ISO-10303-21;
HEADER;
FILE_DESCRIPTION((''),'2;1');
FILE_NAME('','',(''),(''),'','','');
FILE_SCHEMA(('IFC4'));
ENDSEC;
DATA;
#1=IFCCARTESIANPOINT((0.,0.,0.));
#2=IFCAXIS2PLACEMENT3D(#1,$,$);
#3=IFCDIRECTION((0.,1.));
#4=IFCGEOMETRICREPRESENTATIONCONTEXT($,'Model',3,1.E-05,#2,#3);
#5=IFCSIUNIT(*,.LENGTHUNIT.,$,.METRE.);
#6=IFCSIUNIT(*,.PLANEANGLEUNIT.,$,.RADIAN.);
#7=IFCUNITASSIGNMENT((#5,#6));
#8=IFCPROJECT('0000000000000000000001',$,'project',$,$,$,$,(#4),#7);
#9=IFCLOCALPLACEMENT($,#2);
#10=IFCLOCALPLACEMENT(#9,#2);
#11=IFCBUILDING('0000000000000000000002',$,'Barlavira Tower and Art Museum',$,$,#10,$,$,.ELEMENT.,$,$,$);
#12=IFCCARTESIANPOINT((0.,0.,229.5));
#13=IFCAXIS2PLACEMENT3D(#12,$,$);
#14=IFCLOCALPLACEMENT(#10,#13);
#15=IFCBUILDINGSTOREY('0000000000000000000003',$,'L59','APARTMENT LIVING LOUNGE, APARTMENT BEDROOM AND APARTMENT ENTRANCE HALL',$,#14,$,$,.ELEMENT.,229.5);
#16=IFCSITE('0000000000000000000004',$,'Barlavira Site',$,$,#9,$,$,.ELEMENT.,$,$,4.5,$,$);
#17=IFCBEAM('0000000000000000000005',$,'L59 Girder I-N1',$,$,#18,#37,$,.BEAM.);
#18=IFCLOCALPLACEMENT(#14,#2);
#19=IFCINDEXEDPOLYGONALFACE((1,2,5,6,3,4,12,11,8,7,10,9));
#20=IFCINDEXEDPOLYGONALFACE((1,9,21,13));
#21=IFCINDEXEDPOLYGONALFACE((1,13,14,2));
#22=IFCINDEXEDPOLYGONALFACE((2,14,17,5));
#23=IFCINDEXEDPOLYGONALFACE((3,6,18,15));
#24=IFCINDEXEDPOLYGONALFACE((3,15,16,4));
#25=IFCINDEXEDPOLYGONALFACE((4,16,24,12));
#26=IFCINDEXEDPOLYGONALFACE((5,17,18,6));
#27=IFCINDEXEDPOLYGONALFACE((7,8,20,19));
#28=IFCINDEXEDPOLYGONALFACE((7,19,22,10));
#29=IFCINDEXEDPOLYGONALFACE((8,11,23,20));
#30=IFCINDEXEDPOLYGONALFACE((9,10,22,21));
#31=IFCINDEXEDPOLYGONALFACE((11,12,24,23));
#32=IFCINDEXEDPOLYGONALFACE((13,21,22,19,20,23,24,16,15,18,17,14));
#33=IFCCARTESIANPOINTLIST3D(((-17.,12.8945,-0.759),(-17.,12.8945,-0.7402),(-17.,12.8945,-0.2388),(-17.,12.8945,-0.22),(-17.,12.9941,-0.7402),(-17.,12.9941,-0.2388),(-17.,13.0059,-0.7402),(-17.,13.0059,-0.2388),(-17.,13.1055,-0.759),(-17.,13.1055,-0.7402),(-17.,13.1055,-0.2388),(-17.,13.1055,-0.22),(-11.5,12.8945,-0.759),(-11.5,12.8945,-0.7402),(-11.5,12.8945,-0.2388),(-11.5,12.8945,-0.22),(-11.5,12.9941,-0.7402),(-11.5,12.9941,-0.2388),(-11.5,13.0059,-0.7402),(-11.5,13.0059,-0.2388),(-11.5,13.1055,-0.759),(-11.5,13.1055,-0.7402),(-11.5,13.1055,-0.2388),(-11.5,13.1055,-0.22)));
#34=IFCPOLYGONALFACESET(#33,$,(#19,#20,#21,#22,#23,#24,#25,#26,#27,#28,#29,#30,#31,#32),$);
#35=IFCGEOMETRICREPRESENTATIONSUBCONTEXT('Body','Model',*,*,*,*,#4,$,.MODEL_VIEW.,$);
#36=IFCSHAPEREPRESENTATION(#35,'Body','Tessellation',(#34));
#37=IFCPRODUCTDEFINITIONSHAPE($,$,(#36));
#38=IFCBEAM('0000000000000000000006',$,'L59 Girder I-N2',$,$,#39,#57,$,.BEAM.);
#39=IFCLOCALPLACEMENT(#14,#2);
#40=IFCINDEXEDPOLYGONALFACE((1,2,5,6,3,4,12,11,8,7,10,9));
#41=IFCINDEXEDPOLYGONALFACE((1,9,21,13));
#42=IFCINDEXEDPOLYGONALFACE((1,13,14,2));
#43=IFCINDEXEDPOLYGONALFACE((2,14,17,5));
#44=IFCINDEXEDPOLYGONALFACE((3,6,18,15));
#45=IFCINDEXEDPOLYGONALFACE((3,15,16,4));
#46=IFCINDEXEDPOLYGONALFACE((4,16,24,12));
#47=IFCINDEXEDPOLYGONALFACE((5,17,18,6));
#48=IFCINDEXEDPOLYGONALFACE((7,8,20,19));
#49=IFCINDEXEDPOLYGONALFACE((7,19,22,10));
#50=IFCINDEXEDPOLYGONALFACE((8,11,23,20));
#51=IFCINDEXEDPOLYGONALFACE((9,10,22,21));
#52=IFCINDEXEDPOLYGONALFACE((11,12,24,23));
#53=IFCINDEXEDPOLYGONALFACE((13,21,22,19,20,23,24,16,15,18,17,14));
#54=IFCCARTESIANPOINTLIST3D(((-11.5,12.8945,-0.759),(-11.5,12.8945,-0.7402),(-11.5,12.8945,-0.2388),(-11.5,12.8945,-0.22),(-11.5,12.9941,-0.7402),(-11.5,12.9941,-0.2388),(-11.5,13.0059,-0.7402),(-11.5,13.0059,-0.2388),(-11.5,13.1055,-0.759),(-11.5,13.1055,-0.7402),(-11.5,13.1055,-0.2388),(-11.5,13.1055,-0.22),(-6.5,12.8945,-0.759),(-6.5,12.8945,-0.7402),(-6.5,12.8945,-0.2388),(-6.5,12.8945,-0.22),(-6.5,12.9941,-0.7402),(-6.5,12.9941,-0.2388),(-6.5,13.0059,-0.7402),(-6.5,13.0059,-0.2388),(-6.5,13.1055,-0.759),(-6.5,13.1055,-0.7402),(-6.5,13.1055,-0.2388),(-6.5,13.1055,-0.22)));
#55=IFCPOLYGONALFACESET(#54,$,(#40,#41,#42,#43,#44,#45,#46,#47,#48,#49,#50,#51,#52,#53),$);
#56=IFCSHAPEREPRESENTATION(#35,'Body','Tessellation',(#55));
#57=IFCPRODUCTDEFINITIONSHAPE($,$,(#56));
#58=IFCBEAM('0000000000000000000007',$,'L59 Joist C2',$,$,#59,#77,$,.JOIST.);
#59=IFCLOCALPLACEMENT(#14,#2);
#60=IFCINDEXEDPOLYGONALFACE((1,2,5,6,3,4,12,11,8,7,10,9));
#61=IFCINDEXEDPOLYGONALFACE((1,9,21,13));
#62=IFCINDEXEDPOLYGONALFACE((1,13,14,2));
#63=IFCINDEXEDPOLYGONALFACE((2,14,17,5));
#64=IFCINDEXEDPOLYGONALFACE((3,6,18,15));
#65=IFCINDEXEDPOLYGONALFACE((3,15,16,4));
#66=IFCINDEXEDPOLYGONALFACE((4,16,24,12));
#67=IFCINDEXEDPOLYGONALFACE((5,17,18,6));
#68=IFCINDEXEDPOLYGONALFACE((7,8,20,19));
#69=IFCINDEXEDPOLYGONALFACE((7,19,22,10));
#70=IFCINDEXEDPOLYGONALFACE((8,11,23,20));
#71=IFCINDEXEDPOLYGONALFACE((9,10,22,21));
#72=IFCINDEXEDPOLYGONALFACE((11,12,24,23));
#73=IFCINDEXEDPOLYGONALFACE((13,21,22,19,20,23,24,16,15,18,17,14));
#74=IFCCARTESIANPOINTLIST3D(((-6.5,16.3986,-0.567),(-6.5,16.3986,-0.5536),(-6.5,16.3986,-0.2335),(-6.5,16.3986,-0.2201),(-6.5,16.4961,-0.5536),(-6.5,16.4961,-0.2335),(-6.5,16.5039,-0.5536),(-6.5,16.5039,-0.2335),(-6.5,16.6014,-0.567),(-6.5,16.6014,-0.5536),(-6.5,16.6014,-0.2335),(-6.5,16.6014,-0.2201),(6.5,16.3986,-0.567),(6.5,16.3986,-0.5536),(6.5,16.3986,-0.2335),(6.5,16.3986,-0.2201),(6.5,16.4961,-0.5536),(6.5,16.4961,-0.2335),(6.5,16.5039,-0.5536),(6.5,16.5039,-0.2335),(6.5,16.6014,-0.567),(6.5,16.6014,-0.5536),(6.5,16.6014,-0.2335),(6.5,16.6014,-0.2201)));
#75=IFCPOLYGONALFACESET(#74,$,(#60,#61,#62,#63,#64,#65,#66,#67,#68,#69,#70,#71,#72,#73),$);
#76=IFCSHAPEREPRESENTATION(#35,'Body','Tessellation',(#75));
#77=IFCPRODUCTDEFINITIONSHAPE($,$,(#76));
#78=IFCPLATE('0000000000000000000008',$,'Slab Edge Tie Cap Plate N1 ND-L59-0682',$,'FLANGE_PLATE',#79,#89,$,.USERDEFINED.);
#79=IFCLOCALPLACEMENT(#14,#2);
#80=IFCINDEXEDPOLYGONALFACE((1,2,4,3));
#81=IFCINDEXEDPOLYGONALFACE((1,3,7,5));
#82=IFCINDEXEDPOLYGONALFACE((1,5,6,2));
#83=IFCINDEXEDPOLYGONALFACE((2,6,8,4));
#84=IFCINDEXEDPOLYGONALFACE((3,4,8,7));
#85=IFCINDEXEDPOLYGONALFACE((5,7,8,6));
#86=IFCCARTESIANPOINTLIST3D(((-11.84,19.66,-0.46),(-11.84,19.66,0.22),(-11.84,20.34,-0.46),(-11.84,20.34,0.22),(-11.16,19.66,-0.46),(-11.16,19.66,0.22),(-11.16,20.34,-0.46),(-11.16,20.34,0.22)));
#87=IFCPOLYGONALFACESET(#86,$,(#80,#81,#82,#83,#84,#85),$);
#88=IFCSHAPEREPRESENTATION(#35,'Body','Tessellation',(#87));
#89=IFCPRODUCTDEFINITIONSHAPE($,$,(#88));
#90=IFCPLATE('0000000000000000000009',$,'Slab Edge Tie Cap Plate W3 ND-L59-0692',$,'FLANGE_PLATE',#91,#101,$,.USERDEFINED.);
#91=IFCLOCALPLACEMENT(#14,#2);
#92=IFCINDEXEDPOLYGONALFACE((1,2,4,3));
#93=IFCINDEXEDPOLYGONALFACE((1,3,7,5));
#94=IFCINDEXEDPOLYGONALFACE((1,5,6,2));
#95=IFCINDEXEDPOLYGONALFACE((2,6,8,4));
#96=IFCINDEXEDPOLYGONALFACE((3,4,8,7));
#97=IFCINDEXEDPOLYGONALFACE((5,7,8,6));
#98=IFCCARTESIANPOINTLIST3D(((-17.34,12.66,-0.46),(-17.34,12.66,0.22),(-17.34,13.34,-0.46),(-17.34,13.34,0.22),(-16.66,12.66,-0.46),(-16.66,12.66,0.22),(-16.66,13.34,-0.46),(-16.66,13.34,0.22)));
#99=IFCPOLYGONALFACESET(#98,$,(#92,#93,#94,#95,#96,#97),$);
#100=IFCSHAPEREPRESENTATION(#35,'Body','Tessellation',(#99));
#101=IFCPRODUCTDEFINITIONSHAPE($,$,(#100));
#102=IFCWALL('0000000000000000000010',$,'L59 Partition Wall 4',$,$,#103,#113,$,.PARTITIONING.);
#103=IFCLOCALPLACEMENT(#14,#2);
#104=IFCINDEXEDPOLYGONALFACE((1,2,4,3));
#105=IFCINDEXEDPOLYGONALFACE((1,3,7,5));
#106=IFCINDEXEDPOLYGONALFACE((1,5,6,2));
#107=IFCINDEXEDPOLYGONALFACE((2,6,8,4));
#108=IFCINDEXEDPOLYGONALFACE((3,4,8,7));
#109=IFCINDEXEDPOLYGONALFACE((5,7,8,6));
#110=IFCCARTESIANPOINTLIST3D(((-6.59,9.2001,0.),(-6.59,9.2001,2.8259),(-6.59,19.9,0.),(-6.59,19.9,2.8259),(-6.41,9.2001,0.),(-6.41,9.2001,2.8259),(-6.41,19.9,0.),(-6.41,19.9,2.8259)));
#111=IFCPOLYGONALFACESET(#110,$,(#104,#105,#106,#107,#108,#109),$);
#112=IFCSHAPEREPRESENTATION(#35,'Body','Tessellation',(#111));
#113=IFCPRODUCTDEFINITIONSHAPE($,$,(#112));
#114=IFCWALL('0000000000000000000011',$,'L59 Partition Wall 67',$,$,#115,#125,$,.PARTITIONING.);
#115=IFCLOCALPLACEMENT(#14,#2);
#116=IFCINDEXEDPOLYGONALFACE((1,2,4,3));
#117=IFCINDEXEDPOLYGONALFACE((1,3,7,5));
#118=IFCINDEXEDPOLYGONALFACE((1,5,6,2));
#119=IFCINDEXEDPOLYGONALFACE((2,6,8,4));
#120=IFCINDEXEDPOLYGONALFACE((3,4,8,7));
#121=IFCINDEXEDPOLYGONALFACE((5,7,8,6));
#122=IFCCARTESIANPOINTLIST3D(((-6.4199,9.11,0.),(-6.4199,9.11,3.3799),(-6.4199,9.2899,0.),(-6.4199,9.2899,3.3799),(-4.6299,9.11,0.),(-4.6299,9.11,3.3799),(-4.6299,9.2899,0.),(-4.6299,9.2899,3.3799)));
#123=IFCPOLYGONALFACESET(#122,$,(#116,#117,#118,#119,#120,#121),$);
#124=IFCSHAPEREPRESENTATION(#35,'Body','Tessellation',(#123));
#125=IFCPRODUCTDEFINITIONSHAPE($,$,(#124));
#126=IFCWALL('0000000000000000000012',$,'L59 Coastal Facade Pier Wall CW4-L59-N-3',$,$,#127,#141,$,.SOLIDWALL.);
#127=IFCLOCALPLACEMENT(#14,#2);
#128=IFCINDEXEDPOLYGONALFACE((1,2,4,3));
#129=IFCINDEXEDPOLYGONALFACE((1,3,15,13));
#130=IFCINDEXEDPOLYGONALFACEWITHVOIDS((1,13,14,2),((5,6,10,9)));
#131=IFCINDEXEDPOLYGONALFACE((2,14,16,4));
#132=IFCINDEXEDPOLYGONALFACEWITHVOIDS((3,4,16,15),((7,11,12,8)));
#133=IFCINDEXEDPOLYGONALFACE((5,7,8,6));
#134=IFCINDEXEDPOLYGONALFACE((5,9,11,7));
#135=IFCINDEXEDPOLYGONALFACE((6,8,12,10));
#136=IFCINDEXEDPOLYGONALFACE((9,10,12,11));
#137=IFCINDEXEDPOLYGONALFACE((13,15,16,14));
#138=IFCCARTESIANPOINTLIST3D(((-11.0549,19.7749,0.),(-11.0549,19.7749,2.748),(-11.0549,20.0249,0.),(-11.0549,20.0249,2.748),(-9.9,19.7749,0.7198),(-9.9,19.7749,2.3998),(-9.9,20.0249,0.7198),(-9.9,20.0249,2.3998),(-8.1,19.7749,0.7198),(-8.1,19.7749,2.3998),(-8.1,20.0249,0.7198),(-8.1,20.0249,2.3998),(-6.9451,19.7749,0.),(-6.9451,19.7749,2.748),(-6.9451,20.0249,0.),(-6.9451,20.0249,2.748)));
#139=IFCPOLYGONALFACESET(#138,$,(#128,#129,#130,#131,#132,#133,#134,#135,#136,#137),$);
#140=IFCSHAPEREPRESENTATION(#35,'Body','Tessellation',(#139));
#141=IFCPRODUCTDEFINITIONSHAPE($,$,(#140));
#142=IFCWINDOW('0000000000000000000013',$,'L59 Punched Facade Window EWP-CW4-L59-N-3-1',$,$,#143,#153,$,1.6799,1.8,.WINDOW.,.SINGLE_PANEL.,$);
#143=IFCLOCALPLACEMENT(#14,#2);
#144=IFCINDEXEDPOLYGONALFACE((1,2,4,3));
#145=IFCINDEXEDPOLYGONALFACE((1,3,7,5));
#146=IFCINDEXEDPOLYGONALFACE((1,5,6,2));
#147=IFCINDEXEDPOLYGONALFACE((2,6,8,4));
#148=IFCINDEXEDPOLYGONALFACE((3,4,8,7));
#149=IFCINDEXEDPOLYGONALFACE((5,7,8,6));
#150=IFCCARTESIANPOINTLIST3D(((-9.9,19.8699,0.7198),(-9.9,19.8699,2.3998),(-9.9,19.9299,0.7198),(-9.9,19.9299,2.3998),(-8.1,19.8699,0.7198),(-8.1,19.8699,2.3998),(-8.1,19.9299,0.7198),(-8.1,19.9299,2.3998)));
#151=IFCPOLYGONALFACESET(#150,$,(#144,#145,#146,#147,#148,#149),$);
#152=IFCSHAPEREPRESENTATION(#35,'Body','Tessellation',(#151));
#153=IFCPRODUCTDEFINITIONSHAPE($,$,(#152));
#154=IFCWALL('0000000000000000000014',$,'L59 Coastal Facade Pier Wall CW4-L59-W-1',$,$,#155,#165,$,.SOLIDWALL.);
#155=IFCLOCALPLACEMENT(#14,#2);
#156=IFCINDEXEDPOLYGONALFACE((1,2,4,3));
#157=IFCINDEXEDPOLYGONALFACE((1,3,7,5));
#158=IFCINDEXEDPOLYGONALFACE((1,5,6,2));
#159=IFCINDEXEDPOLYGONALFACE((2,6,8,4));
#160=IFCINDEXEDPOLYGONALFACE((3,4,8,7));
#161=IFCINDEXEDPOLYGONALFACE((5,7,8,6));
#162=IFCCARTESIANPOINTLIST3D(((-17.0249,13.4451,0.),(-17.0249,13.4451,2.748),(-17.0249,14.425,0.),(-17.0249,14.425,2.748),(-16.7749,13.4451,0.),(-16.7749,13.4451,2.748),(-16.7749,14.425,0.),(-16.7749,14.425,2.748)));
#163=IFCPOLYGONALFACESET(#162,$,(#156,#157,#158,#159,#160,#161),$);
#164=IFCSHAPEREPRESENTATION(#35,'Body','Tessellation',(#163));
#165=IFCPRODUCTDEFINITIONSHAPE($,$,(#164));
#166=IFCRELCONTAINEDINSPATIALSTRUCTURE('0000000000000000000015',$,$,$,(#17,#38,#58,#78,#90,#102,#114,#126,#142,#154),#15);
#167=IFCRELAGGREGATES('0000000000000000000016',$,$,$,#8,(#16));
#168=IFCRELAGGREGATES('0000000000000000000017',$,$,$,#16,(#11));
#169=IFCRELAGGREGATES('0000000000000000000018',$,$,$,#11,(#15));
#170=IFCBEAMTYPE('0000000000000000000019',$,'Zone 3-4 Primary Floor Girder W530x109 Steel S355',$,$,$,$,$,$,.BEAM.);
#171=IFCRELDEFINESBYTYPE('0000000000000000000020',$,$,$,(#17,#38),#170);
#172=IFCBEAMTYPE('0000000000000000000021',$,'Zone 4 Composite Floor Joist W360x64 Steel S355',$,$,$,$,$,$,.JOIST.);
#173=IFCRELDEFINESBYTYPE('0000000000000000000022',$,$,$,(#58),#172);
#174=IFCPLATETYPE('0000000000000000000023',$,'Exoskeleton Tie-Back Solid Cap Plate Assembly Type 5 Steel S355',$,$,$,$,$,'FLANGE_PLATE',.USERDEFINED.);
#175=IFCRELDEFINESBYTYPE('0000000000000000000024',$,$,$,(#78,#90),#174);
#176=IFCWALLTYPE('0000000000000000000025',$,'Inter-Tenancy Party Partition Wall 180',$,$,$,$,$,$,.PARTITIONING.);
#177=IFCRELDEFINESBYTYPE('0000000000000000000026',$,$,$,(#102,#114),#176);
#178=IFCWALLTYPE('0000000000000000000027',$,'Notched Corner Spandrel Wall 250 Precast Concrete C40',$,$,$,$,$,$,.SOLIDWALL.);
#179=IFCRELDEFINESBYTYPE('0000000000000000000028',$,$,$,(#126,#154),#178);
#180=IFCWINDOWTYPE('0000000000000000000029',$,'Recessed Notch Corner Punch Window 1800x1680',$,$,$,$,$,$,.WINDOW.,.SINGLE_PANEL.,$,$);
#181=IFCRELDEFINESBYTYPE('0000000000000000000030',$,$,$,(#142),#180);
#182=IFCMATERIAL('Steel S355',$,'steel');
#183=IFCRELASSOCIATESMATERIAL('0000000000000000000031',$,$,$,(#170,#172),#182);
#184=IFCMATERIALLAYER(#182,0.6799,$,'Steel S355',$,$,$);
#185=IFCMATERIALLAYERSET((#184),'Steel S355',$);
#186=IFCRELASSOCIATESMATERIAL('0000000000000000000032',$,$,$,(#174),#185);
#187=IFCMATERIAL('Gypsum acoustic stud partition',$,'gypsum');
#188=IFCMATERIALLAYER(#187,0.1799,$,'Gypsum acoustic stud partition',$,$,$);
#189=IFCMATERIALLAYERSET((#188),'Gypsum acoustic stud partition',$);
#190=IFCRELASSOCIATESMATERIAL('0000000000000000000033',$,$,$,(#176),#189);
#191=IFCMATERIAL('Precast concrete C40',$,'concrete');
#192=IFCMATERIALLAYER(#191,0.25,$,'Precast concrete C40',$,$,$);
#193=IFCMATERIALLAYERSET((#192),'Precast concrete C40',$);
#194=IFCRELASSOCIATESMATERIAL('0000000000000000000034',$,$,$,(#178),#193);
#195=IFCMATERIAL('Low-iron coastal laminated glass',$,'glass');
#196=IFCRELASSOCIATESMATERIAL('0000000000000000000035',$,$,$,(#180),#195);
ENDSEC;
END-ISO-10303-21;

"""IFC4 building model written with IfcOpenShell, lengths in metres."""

from ifc_helpers import new_model, si_unit, direction, frame, frame_2d, origin, origin_2d, place, context, subcontext, project, spatial, rectangle, i_section, extrude, material, layer, layer_set, material_profile, profile_set, type_object, element, fill, save


model = new_model("IFC4")

# Units and contexts
model_context = context("Model", 3, precision=1e-05, world=origin(), true_north=direction((0.0, 1.0)))
body_context = subcontext(model_context, "Body", "Model", "MODEL_VIEW")
ifc_project = project(units=[si_unit("LENGTHUNIT", "METRE"), si_unit("PLANEANGLEUNIT", "RADIAN")], contexts=[model_context])

# Site, building, storey
site_placement = place(None, origin())
site = spatial("IfcSite", under=ifc_project, at=site_placement, Name="Barlavira Site", CompositionType="ELEMENT", RefElevation=4.5)
building_placement = place(site_placement, origin())
building = spatial("IfcBuilding", under=site, at=building_placement, Name="Barlavira Tower and Art Museum", CompositionType="ELEMENT")
storey_placement = place(building_placement, frame((0.0, 0.0, 229.5)))
storey = spatial("IfcBuildingStorey", under=building, at=storey_placement, Name="L59", Description="APARTMENT LIVING LOUNGE, APARTMENT BEDROOM AND APARTMENT ENTRANCE HALL", CompositionType="ELEMENT", Elevation=229.5)

# Shared definitions
ifc_material_1 = material(Name="Steel S355", Category="steel")

# Beams
ifc_material_profile_1 = material_profile(ifc_material_1, i_section(OverallWidth=0.2109, OverallDepth=0.5391, WebThickness=0.0117, FlangeThickness=0.0188, at=origin_2d()), Name="W530x109.0")
ifc_profile_set_1 = profile_set([ifc_material_profile_1], Name="Steel S355")
beam_type_1 = type_object("IfcBeamType", Name="Zone 3-4 Primary Floor Girder W530x109 Steel S355", PredefinedType="BEAM", material=ifc_profile_set_1)
beam_1_placement = place(storey_placement, frame((-17.0, 13.0, -0.4895), z_axis=(1.0, 0.0, 0.0), x_axis=(0.0, 1.0, 0.0)))
element("IfcBeam", 1, at=beam_1_placement, inside=storey, type_object=beam_type_1, Name="L59 Girder I-N1", PredefinedType="BEAM", context=body_context, shape_type="SweptSolid", body=[
    extrude(i_section(OverallWidth=0.2109, OverallDepth=0.5391, WebThickness=0.0117, FlangeThickness=0.0188, at=origin_2d()), origin(), (0.0, 0.0, 1.0), 5.5),
])
beam_2_placement = place(storey_placement, frame((-11.5, 13.0, -0.4895), z_axis=(1.0, 0.0, 0.0), x_axis=(0.0, 1.0, 0.0)))
element("IfcBeam", 2, at=beam_2_placement, inside=storey, type_object=beam_type_1, Name="L59 Girder I-N2", PredefinedType="BEAM", context=body_context, shape_type="SweptSolid", body=[
    extrude(i_section(OverallWidth=0.2109, OverallDepth=0.5391, WebThickness=0.0117, FlangeThickness=0.0188, at=origin_2d()), origin(), (0.0, 0.0, 1.0), 5.0),
])
ifc_material_profile_2 = material_profile(ifc_material_1, i_section(OverallWidth=0.2029, OverallDepth=0.3469, WebThickness=0.0078, FlangeThickness=0.0134, at=origin_2d()), Name="W360x64.0")
ifc_profile_set_2 = profile_set([ifc_material_profile_2], Name="Steel S355")
beam_type_2 = type_object("IfcBeamType", Name="Zone 4 Composite Floor Joist W360x64 Steel S355", PredefinedType="JOIST", material=ifc_profile_set_2)
beam_3_placement = place(storey_placement, frame((-6.5, 16.5, -0.3936), z_axis=(1.0, 0.0, 0.0), x_axis=(0.0, 1.0, 0.0)))
element("IfcBeam", 3, at=beam_3_placement, inside=storey, type_object=beam_type_2, Name="L59 Joist C2", PredefinedType="JOIST", context=body_context, shape_type="SweptSolid", body=[
    extrude(i_section(OverallWidth=0.2029, OverallDepth=0.3469, WebThickness=0.0078, FlangeThickness=0.0134, at=origin_2d()), origin(), (0.0, 0.0, 1.0), 13.0),
])

# Plates
ifc_layer_1 = layer(ifc_material_1, 0.6799, Name="Steel S355")
ifc_layer_set_1 = layer_set([ifc_layer_1], Name="Steel S355")
plate_type = type_object("IfcPlateType", Name="Exoskeleton Tie-Back Solid Cap Plate Assembly Type 5 Steel S355", ElementType="FLANGE_PLATE", PredefinedType="USERDEFINED", material=ifc_layer_set_1)
for number, where, z_axis, x_axis, name in (
    (4, (-11.5, 20.0, -0.46), (0.0, 0.0, 1.0), (1.0, 0.0, 0.0), "Slab Edge Tie Cap Plate N1 ND-L59-0682"),
    (5, (-17.0, 13.0, -0.46), (0.0, 0.0, 1.0), (1.0, 0.0, 0.0), "Slab Edge Tie Cap Plate W3 ND-L59-0692"),
):
    element("IfcPlate", number, at=place(storey_placement, frame(where, z_axis=z_axis, x_axis=x_axis)), inside=storey, type_object=plate_type, Name=name, ObjectType="FLANGE_PLATE", PredefinedType="USERDEFINED", context=body_context, shape_type="SweptSolid", body=[
        extrude(rectangle(XDim=0.6799, YDim=0.6799, at=origin_2d()), origin(), (0.0, 0.0, 1.0), 0.6799),
    ])

# Walls
ifc_material_2 = material(Name="Gypsum acoustic stud partition", Category="gypsum")
ifc_layer_2 = layer(ifc_material_2, 0.1799, Name="Gypsum acoustic stud partition")
ifc_layer_set_2 = layer_set([ifc_layer_2], Name="Gypsum acoustic stud partition")
wall_type_1 = type_object("IfcWallType", Name="Inter-Tenancy Party Partition Wall 180", PredefinedType="PARTITIONING", material=ifc_layer_set_2)
wall_1_placement = place(storey_placement, frame((-6.5, 9.2, 0.0), z_axis=(0.0, 0.0, 1.0), x_axis=(0.0, 1.0, 0.0)))
element("IfcWall", 6, at=wall_1_placement, inside=storey, type_object=wall_type_1, Name="L59 Partition Wall 4", PredefinedType="PARTITIONING", context=body_context, shape_type="SweptSolid", body=[
    extrude(rectangle(XDim=10.7, YDim=0.1799, at=frame_2d((5.3501, 0.0))), origin(), (0.0, 0.0, 1.0), 2.8259),
])
wall_2_placement = place(storey_placement, frame((-6.4199, 9.2, 0.0), z_axis=(0.0, 0.0, 1.0), x_axis=(1.0, 0.0, 0.0)))
element("IfcWall", 7, at=wall_2_placement, inside=storey, type_object=wall_type_1, Name="L59 Partition Wall 67", PredefinedType="PARTITIONING", context=body_context, shape_type="SweptSolid", body=[
    extrude(rectangle(XDim=1.79, YDim=0.1799, at=frame_2d((0.895, 0.0))), origin(), (0.0, 0.0, 1.0), 3.3799),
])

# Wall, opening, window
ifc_material_3 = material(Name="Precast concrete C40", Category="concrete")
ifc_layer_3 = layer(ifc_material_3, 0.25, Name="Precast concrete C40")
ifc_layer_set_3 = layer_set([ifc_layer_3], Name="Precast concrete C40")
wall_type_2 = type_object("IfcWallType", Name="Notched Corner Spandrel Wall 250 Precast Concrete C40", PredefinedType="SOLIDWALL", material=ifc_layer_set_3)
wall_3_placement = place(storey_placement, frame((-6.9451, 19.8999, 0.0), z_axis=(0.0, 0.0, 1.0), x_axis=(-1.0, 0.0, 0.0)))
wall_3 = element("IfcWall", 8, at=wall_3_placement, inside=storey, type_object=wall_type_2, Name="L59 Coastal Facade Pier Wall CW4-L59-N-3", PredefinedType="SOLIDWALL", context=body_context, shape_type="SweptSolid", body=[
    extrude(rectangle(XDim=4.1099, YDim=0.25, at=frame_2d((2.0549, 0.0))), origin(), (0.0, 0.0, 1.0), 2.748),
])
opening_1_placement = place(wall_3_placement, frame((1.155, 0.0, 0.72)))
opening_1 = element("IfcOpeningElement", 9, at=opening_1_placement, cuts=wall_3, PredefinedType="OPENING", context=body_context, shape_type="SweptSolid", body=[
    extrude(rectangle(XDim=1.8, YDim=1.6799, at=frame_2d((0.8999, 0.8398))), frame((0.0, 0.135, 0.0), z_axis=(0.0, -1.0, 0.0), x_axis=(1.0, 0.0, 0.0)), (0.0, 0.0, 1.0), 0.27),
])
ifc_material_4 = material(Name="Low-iron coastal laminated glass", Category="glass")
window_type = type_object("IfcWindowType", Name="Recessed Notch Corner Punch Window 1800x1680", PartitioningType="SINGLE_PANEL", PredefinedType="WINDOW", material=ifc_material_4)
window_1_placement = place(opening_1_placement, origin())
window_1 = element("IfcWindow", 10, at=window_1_placement, inside=storey, type_object=window_type, Name="L59 Punched Facade Window EWP-CW4-L59-N-3-1", OverallHeight=1.6799, OverallWidth=1.8, PartitioningType="SINGLE_PANEL", PredefinedType="WINDOW", context=body_context, shape_type="SweptSolid", body=[
    extrude(rectangle(XDim=1.8, YDim=1.6799, at=frame_2d((0.8999, 0.8398))), frame((0.0, 0.03, 0.0), z_axis=(0.0, -1.0, 0.0), x_axis=(1.0, 0.0, 0.0)), (0.0, 0.0, 1.0), 0.0601),
])
fill(opening_1, window_1)

# Wall
wall_4_placement = place(storey_placement, frame((-16.8999, 14.425, 0.0), z_axis=(0.0, 0.0, 1.0), x_axis=(0.0, -1.0, 0.0)))
element("IfcWall", 11, at=wall_4_placement, inside=storey, type_object=wall_type_2, Name="L59 Coastal Facade Pier Wall CW4-L59-W-1", PredefinedType="SOLIDWALL", context=body_context, shape_type="SweptSolid", body=[
    extrude(rectangle(XDim=0.98, YDim=0.25, at=frame_2d((0.49, 0.0))), origin(), (0.0, 0.0, 1.0), 2.748),
])

save(model, "model.ifc")
